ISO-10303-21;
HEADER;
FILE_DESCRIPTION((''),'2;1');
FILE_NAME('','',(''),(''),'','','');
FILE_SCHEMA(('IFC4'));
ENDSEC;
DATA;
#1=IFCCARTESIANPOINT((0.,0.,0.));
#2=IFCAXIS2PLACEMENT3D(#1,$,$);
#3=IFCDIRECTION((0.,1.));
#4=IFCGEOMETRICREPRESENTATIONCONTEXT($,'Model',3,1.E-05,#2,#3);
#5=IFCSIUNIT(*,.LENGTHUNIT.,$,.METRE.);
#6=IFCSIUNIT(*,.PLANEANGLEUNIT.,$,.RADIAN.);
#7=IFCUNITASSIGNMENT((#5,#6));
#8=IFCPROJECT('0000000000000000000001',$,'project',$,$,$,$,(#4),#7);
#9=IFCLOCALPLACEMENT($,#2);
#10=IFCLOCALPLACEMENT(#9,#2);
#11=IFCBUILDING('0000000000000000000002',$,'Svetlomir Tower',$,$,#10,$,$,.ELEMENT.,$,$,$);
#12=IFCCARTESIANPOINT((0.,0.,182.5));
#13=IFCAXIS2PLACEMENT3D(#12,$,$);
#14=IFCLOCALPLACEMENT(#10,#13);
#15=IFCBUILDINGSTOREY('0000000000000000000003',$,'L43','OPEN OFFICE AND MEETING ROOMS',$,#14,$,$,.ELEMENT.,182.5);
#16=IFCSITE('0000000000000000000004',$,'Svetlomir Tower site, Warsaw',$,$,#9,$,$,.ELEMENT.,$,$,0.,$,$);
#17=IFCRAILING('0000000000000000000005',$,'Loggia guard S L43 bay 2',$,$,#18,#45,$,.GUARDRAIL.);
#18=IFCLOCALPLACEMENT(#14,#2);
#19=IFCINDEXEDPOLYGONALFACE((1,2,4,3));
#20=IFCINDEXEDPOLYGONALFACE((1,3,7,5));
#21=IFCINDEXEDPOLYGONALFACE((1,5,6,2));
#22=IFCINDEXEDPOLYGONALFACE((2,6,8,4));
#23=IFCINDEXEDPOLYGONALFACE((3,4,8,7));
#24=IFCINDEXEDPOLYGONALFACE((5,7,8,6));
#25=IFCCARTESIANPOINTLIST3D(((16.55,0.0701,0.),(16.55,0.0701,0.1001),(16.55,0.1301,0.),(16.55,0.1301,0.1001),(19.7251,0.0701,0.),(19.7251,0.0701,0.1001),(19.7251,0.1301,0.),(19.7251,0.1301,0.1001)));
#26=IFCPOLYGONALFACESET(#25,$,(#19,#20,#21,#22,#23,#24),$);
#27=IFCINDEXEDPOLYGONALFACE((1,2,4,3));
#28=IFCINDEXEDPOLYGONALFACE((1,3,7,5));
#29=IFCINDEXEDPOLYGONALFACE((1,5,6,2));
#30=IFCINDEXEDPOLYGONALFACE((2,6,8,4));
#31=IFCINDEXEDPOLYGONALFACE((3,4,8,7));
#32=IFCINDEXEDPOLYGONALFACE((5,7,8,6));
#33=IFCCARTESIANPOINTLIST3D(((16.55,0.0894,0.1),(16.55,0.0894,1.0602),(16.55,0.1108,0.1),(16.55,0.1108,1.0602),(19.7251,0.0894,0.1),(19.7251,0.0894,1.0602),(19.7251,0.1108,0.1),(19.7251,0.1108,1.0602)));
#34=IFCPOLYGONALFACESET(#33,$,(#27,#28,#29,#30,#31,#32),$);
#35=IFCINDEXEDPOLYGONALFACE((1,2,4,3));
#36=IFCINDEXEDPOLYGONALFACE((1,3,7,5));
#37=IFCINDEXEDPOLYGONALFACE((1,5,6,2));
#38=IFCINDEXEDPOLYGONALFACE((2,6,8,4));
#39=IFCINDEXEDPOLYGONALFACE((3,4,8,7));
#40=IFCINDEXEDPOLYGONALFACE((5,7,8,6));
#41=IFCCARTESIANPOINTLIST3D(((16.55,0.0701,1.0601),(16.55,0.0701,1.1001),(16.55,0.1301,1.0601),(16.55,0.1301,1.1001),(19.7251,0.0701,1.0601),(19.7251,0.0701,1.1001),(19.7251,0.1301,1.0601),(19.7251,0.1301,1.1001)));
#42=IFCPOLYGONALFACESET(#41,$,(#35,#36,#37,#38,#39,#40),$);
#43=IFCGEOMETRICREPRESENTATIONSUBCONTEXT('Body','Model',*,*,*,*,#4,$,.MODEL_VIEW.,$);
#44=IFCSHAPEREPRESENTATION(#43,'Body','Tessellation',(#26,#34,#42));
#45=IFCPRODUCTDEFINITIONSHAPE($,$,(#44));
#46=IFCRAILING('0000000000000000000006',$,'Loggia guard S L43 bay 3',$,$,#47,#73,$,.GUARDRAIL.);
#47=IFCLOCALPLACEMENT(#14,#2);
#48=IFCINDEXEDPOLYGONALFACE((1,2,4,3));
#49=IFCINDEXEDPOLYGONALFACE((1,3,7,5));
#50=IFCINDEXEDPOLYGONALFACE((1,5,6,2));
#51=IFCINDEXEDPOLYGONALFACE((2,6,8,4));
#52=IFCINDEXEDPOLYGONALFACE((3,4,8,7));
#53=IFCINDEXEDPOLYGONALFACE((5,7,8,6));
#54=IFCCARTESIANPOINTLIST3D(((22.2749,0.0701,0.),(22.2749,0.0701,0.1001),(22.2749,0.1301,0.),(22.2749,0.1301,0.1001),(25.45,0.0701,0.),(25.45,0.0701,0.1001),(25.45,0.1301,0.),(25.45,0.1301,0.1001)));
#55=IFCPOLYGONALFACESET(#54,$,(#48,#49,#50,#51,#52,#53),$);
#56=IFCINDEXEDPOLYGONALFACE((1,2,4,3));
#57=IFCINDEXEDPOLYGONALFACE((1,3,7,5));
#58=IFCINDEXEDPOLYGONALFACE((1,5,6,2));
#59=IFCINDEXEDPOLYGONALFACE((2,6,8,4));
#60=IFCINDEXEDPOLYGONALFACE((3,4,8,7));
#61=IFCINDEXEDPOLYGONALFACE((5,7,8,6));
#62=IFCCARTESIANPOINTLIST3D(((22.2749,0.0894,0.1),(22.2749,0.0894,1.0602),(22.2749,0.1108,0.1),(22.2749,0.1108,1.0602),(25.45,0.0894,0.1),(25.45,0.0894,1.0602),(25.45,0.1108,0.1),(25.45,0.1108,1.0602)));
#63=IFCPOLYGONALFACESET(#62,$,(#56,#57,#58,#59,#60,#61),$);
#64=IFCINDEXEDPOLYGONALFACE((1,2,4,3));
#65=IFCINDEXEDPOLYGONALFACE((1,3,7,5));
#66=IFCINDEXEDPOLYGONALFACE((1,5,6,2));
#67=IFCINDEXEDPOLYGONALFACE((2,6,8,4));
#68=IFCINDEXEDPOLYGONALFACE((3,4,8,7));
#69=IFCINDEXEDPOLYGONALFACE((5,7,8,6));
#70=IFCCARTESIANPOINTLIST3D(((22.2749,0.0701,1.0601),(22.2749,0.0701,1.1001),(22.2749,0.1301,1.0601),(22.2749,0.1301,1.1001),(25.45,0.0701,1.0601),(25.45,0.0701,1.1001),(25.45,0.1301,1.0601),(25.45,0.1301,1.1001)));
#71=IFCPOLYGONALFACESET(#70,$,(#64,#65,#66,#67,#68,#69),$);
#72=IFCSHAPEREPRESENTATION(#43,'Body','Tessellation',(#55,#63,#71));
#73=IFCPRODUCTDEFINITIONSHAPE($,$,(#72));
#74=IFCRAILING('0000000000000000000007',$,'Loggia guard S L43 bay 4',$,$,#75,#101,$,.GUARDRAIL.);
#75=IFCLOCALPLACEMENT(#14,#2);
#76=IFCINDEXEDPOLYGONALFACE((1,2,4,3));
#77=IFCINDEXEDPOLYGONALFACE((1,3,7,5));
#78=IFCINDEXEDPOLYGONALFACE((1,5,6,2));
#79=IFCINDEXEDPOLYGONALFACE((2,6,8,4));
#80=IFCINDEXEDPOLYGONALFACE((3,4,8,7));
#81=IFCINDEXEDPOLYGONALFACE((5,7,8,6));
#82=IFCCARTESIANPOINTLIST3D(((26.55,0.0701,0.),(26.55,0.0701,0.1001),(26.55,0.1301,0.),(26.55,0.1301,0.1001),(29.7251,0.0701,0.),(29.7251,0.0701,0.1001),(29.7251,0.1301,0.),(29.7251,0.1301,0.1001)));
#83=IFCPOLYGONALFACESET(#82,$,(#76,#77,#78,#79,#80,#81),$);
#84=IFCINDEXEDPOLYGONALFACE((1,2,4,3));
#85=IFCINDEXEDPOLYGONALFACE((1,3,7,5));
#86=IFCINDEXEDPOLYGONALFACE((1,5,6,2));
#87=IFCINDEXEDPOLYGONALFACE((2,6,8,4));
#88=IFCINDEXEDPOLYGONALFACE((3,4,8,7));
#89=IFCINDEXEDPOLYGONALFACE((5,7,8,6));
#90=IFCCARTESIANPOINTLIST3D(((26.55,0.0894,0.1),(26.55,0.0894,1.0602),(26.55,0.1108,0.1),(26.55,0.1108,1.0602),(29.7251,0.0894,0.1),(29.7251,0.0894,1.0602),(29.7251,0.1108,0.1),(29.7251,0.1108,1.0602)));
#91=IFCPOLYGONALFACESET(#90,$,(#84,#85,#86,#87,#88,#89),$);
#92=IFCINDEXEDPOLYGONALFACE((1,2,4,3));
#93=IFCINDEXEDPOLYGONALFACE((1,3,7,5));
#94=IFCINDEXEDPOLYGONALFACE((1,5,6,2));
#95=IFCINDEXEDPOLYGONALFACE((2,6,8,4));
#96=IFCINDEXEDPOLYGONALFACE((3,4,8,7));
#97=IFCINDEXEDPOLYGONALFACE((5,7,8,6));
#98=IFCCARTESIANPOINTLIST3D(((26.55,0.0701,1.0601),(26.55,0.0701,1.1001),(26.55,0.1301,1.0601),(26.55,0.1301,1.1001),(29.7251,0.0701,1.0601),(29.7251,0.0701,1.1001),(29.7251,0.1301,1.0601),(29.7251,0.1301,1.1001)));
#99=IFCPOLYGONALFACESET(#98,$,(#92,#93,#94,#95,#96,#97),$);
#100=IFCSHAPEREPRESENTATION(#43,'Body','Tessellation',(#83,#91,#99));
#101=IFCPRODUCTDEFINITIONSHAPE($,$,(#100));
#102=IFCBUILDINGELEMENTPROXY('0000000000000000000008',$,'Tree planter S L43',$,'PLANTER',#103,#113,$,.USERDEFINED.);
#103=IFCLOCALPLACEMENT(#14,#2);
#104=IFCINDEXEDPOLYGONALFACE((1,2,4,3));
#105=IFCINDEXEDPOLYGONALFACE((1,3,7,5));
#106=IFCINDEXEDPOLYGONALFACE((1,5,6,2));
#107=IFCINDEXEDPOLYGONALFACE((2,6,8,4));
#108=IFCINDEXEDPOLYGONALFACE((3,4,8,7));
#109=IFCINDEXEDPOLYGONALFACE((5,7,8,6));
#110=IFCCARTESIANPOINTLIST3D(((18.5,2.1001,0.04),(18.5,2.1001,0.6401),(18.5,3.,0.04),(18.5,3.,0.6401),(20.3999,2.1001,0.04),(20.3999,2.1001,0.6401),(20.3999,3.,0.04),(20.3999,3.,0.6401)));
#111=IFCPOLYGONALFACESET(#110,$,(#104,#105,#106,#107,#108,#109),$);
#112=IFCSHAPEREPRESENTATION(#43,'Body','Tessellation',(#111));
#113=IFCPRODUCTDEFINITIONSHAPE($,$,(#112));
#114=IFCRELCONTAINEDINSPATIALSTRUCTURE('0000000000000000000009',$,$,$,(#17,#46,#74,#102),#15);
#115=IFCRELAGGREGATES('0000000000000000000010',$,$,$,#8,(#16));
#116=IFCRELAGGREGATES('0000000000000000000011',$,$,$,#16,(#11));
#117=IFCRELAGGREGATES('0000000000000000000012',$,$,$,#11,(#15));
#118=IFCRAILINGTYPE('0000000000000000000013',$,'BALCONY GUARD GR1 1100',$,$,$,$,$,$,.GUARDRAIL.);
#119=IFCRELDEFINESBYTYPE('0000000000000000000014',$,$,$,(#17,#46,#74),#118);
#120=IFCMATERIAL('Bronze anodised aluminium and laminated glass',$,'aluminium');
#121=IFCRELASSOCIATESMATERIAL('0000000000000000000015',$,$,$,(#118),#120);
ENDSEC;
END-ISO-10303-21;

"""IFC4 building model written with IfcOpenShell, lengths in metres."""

from ifc_helpers import new_model, si_unit, direction, frame, origin, origin_2d, place, context, subcontext, project, spatial, rectangle, extrude, material, type_object, element, save


model = new_model("IFC4")

# Units and contexts
model_context = context("Model", 3, precision=1e-05, world=origin(), true_north=direction((0.0, 1.0)))
body_context = subcontext(model_context, "Body", "Model", "MODEL_VIEW")
ifc_project = project(units=[si_unit("LENGTHUNIT", "METRE"), si_unit("PLANEANGLEUNIT", "RADIAN")], contexts=[model_context])

# Site, building, storey
site_placement = place(None, origin())
site = spatial("IfcSite", under=ifc_project, at=site_placement, Name="Svetlomir Tower site, Warsaw", CompositionType="ELEMENT", RefElevation=0.0)
building_placement = place(site_placement, origin())
building = spatial("IfcBuilding", under=site, at=building_placement, Name="Svetlomir Tower", CompositionType="ELEMENT")
storey_placement = place(building_placement, frame((0.0, 0.0, 182.5)))
storey = spatial("IfcBuildingStorey", under=building, at=storey_placement, Name="L43", Description="OPEN OFFICE AND MEETING ROOMS", CompositionType="ELEMENT", Elevation=182.5)

# Railings
ifc_material_1 = material(Name="Bronze anodised aluminium and laminated glass", Category="aluminium")
railing_type = type_object("IfcRailingType", Name="BALCONY GUARD GR1 1100", PredefinedType="GUARDRAIL", material=ifc_material_1)
for number, where, name in (
    (1, (16.55, 0.1001, 0.0), "Loggia guard S L43 bay 2"),
    (2, (22.2749, 0.1001, 0.0), "Loggia guard S L43 bay 3"),
    (3, (26.55, 0.1001, 0.0), "Loggia guard S L43 bay 4"),
):
    element("IfcRailing", number, at=place(storey_placement, frame(where)), inside=storey, type_object=railing_type, Name=name, PredefinedType="GUARDRAIL", context=body_context, shape_type="SweptSolid", body=[
        extrude(rectangle(XDim=0.0601, YDim=0.1001, at=origin_2d()), frame((0.0, 0.0, 0.05), z_axis=(1.0, 0.0, 0.0), x_axis=(0.0, 1.0, 0.0)), (0.0, 0.0, 1.0), 3.175),
        extrude(rectangle(XDim=0.0215, YDim=0.9602, at=origin_2d()), frame((0.0, 0.0, 0.5801), z_axis=(1.0, 0.0, 0.0), x_axis=(0.0, 1.0, 0.0)), (0.0, 0.0, 1.0), 3.175),
        extrude(rectangle(XDim=0.0601, YDim=0.04, at=origin_2d()), frame((0.0, 0.0, 1.0801), z_axis=(1.0, 0.0, 0.0), x_axis=(0.0, 1.0, 0.0)), (0.0, 0.0, 1.0), 3.175),
    ])

# Building element proxy
proxy_placement = place(storey_placement, frame((19.45, 2.55, 0.04), z_axis=(0.0, 0.0, 1.0), x_axis=(1.0, 0.0, 0.0)))
element("IfcBuildingElementProxy", 4, at=proxy_placement, inside=storey, Name="Tree planter S L43", ObjectType="PLANTER", PredefinedType="USERDEFINED", context=body_context, shape_type="SweptSolid", body=[
    extrude(rectangle(XDim=1.8999, YDim=0.8999, at=origin_2d()), origin(), (0.0, 0.0, 1.0), 0.6001),
])

save(model, "model.ifc")
